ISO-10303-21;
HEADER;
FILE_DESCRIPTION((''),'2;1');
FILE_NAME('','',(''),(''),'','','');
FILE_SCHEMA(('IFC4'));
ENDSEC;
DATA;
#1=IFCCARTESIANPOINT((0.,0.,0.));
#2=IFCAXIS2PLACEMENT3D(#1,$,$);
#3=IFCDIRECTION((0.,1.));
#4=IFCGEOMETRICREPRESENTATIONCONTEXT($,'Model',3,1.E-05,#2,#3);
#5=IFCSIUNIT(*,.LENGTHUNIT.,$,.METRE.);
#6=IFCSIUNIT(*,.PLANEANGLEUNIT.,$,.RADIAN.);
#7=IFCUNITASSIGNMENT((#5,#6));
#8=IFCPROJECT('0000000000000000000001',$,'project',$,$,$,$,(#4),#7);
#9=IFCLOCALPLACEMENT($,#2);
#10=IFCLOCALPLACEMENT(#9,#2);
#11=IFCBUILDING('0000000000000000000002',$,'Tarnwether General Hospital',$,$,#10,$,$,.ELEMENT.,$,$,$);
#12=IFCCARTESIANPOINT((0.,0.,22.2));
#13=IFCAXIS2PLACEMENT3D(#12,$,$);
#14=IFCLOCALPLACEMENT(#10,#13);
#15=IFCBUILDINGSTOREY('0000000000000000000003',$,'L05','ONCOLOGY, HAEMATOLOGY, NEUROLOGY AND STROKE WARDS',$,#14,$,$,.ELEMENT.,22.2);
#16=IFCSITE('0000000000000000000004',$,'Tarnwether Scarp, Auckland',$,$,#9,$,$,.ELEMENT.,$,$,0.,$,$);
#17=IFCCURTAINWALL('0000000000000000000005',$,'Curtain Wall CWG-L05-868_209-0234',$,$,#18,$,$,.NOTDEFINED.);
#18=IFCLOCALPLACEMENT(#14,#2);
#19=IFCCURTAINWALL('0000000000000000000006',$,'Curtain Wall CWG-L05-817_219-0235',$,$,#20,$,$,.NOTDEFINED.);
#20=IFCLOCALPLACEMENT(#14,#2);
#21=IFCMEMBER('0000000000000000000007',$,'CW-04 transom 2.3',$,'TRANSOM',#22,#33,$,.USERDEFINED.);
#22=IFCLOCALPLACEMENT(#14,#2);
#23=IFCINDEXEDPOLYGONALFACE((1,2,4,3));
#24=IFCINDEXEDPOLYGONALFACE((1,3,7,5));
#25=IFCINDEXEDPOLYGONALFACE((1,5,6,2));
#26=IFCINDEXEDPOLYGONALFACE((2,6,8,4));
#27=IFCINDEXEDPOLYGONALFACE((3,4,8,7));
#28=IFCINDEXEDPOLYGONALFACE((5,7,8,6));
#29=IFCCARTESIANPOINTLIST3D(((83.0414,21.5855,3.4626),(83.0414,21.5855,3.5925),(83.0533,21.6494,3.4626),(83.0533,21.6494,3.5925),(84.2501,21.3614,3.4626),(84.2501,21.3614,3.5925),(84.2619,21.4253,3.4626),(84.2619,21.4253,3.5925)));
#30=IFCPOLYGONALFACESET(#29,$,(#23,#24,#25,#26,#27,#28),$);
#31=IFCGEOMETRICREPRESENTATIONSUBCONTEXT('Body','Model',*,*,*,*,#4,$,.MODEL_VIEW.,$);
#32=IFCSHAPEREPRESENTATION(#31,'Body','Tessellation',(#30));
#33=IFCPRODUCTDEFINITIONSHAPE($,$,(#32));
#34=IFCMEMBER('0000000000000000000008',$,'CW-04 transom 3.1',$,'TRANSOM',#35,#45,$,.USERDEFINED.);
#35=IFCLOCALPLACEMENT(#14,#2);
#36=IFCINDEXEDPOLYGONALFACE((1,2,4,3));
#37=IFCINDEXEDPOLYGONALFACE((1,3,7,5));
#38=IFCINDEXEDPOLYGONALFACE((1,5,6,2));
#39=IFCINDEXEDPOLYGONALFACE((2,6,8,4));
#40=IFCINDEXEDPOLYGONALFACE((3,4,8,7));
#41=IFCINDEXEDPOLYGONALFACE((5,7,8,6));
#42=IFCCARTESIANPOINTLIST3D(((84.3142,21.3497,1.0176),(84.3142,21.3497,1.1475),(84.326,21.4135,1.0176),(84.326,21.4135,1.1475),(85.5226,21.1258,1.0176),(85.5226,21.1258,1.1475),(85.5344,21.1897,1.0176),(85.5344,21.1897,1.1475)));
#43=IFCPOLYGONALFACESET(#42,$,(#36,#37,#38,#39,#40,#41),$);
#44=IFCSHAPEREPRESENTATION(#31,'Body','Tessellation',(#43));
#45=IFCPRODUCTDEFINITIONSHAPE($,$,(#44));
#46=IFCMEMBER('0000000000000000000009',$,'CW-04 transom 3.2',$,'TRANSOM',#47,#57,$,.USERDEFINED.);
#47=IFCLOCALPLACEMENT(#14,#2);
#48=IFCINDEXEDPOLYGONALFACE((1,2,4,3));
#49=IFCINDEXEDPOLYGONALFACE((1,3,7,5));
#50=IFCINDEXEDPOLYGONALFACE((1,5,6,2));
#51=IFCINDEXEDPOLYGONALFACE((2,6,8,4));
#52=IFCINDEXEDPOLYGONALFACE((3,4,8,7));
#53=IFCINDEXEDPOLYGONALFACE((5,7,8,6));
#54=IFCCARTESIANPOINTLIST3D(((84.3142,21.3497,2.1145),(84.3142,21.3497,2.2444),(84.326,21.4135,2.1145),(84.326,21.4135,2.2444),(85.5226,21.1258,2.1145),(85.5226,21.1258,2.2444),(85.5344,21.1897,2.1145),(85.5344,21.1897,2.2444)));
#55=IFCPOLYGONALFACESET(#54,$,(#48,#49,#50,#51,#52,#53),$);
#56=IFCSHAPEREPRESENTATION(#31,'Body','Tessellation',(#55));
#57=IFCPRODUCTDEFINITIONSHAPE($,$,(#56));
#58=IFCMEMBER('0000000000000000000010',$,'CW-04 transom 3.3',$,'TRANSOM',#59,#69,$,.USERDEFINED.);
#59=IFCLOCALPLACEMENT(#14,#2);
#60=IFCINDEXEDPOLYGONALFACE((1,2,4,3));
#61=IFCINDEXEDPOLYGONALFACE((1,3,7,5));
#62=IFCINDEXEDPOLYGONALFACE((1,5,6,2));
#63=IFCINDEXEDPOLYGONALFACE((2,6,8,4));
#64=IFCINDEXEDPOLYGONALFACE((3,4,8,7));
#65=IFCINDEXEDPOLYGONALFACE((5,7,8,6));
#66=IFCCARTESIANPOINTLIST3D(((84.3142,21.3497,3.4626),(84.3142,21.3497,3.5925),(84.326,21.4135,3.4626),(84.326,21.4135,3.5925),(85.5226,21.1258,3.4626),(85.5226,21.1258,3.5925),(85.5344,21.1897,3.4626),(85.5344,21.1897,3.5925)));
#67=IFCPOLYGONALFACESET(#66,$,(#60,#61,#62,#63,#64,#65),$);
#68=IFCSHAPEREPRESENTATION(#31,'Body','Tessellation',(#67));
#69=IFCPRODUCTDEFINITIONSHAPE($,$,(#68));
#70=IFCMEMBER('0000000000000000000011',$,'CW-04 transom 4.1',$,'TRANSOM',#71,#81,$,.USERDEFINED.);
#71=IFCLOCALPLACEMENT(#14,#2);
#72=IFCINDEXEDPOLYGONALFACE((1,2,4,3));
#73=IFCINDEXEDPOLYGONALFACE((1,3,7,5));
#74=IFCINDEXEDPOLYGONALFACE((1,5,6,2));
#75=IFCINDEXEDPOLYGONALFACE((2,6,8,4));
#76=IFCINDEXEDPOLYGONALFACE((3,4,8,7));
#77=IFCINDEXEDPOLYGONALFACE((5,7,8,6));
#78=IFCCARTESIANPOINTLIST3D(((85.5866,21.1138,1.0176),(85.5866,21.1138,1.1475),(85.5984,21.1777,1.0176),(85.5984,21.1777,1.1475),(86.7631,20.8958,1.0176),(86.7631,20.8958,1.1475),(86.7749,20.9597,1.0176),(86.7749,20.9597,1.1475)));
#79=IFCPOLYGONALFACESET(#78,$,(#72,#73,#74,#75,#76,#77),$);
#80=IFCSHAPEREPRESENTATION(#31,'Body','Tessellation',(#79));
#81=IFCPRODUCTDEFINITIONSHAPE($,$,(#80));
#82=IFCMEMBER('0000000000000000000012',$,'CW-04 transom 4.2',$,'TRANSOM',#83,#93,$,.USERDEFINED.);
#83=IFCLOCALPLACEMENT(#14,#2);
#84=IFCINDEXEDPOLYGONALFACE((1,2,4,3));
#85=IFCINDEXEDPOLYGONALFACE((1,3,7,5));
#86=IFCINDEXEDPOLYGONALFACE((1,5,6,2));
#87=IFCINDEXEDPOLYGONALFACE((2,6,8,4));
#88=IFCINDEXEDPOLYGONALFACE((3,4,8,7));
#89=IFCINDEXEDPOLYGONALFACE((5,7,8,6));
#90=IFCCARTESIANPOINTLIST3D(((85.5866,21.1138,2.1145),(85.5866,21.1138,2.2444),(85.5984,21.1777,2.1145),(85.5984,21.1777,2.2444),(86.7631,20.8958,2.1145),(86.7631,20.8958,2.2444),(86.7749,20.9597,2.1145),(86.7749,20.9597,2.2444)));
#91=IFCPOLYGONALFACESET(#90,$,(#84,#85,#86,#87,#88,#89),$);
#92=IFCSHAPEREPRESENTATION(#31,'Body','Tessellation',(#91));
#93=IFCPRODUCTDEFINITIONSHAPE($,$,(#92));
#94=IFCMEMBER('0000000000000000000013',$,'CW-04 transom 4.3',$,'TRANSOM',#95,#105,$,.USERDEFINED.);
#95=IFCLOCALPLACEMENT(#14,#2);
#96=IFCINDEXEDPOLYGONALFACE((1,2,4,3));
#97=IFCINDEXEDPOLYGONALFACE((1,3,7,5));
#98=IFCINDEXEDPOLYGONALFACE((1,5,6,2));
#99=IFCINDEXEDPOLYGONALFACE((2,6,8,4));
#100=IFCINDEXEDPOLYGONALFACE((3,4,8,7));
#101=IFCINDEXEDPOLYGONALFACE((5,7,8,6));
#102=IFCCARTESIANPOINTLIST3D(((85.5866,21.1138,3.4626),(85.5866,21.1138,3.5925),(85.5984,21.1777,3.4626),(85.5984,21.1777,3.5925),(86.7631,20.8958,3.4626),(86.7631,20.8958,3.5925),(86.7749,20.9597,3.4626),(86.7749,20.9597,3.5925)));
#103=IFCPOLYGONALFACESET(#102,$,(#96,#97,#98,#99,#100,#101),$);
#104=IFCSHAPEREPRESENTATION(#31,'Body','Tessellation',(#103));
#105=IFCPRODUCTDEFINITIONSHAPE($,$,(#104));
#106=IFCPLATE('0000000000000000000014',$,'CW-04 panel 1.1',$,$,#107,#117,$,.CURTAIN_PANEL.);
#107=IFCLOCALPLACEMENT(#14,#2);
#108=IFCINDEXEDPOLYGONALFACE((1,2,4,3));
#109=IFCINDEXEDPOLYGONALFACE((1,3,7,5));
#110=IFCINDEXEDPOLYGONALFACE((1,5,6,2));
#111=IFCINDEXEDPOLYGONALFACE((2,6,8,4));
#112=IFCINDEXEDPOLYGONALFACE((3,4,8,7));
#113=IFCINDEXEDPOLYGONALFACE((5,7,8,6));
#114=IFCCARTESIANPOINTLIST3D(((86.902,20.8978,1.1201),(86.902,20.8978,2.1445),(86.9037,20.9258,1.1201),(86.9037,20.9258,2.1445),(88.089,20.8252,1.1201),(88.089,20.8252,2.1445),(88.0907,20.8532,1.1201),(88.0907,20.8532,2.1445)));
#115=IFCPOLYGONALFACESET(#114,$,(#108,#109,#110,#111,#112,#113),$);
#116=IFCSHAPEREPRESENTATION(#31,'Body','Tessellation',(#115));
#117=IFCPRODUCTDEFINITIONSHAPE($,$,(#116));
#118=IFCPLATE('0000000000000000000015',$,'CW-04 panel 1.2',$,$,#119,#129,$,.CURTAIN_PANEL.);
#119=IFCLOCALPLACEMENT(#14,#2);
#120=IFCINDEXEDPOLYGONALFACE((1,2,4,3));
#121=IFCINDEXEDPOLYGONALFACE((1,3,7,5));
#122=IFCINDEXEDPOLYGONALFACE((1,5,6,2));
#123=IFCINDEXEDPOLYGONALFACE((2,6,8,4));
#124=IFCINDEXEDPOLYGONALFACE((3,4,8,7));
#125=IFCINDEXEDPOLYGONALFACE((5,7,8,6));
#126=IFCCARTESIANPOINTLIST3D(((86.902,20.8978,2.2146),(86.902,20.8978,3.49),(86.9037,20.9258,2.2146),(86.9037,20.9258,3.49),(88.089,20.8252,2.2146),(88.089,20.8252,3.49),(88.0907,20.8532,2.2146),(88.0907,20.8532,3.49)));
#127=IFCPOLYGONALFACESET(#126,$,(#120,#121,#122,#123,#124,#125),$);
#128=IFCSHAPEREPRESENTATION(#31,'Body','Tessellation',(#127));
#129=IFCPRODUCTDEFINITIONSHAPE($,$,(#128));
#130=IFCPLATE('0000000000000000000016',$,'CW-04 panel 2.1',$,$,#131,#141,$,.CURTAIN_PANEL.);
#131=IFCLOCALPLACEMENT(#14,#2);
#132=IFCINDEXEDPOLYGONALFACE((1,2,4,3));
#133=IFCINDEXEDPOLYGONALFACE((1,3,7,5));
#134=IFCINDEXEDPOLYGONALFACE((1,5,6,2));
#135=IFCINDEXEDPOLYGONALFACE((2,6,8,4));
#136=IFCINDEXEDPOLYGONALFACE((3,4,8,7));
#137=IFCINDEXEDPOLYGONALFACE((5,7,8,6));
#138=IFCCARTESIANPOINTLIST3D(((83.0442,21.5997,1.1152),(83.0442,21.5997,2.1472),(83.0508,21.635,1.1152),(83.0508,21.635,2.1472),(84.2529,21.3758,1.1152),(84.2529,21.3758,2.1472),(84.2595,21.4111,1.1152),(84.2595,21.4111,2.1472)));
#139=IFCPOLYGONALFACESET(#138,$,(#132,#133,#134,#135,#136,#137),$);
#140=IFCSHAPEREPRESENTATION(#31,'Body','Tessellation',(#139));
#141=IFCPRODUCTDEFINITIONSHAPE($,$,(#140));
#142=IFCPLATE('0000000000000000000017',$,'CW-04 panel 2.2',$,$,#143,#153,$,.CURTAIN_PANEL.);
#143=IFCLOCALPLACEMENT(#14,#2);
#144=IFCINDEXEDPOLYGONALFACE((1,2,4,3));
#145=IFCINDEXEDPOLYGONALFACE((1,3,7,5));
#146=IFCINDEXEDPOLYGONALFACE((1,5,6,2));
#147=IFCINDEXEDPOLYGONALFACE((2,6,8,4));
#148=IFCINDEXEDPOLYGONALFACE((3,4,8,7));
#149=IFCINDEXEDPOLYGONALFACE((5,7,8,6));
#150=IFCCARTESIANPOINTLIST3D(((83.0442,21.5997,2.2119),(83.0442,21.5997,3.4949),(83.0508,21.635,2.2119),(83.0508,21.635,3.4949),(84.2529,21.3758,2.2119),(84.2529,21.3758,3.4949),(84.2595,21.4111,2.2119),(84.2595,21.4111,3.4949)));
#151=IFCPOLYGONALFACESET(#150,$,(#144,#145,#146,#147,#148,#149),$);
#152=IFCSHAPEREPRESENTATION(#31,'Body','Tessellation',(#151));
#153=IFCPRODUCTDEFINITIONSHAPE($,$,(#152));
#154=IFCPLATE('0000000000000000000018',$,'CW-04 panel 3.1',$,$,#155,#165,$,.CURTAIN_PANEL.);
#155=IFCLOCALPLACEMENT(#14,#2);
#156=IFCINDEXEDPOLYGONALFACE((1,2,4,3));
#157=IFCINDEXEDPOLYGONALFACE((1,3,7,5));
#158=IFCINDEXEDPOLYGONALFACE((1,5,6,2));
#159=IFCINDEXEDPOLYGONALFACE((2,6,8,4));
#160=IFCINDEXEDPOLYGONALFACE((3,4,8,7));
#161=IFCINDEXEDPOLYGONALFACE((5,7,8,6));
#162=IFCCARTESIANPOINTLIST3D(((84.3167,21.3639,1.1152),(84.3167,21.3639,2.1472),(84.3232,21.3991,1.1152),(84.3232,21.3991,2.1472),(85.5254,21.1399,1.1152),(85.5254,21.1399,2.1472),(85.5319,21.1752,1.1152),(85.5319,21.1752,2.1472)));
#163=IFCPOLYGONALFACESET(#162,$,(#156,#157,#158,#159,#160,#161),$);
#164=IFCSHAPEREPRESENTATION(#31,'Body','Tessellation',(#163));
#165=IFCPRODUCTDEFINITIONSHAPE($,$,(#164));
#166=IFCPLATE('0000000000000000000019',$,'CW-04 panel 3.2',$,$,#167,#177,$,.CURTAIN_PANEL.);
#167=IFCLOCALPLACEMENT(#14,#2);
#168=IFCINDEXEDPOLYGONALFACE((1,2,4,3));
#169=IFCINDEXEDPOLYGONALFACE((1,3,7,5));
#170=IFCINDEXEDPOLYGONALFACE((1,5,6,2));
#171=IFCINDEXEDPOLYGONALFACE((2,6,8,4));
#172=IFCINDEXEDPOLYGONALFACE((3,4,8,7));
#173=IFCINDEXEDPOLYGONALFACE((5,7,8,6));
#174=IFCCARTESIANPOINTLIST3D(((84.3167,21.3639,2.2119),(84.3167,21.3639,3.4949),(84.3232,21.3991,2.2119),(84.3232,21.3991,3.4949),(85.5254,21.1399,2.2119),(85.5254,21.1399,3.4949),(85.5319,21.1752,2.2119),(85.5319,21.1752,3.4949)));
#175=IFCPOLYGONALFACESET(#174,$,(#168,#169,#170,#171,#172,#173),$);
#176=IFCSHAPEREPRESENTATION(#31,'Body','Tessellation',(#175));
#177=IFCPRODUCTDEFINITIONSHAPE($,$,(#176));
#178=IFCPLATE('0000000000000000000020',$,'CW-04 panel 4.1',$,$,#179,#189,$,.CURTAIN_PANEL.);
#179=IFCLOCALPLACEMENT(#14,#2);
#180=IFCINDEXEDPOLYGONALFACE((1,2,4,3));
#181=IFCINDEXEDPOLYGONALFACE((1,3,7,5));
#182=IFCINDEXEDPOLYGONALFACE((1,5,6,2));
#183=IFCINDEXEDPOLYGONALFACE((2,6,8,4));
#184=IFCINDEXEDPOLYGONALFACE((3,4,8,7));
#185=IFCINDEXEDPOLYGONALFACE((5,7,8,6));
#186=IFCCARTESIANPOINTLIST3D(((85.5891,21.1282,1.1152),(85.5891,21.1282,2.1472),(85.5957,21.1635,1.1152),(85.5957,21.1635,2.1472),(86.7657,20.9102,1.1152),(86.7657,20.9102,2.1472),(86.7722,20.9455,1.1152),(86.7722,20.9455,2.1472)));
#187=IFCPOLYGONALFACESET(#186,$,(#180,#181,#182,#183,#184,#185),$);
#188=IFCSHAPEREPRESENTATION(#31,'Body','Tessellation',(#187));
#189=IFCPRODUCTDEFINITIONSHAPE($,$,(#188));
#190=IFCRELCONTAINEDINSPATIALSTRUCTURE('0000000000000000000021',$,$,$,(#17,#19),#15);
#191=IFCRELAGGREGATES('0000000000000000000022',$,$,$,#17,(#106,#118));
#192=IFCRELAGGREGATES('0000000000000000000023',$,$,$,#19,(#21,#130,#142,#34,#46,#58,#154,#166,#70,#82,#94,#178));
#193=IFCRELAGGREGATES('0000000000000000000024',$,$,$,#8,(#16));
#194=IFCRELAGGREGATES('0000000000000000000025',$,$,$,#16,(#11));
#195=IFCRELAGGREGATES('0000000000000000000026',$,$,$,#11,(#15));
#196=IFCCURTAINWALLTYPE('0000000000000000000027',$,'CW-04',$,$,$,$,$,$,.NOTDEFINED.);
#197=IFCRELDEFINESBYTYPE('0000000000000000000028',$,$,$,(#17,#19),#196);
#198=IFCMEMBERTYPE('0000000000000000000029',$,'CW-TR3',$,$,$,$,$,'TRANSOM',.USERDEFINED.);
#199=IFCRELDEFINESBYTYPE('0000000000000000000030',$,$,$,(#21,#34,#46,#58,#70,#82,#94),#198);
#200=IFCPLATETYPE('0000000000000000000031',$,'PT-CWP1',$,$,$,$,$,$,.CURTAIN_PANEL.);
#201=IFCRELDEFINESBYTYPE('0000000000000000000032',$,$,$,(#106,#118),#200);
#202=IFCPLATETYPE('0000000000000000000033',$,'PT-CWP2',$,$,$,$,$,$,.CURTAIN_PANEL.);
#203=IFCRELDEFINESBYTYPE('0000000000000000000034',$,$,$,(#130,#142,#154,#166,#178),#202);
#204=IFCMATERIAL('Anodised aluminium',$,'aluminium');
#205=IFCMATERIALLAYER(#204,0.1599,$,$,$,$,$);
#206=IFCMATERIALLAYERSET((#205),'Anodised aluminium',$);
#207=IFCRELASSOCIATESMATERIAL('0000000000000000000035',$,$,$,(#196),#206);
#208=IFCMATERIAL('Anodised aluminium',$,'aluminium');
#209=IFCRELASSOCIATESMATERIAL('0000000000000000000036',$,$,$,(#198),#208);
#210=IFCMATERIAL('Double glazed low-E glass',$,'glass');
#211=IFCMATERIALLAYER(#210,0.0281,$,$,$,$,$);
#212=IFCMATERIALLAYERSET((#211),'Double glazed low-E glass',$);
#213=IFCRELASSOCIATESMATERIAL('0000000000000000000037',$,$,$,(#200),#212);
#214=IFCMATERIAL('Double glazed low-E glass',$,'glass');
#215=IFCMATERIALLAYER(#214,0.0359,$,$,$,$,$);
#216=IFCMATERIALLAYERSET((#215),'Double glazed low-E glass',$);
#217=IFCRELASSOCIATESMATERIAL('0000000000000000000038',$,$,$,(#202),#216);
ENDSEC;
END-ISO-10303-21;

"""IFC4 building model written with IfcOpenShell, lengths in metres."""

from ifc_helpers import new_model, si_unit, direction, frame, origin, origin_2d, place, context, subcontext, project, spatial, rectangle, extrude, material, layer, layer_set, material_profile, profile_set, type_object, element, aggregate, save


model = new_model("IFC4")

# Units and contexts
model_context = context("Model", 3, precision=1e-05, world=origin(), true_north=direction((0.0, 1.0)))
body_context = subcontext(model_context, "Body", "Model", "MODEL_VIEW")
ifc_project = project(units=[si_unit("LENGTHUNIT", "METRE"), si_unit("PLANEANGLEUNIT", "RADIAN")], contexts=[model_context])

# Site, building, storey
site_placement = place(None, origin())
site = spatial("IfcSite", under=ifc_project, at=site_placement, Name="Tarnwether Scarp, Auckland", CompositionType="ELEMENT", RefElevation=0.0)
building_placement = place(site_placement, origin())
building = spatial("IfcBuilding", under=site, at=building_placement, Name="Tarnwether General Hospital", CompositionType="ELEMENT")
storey_placement = place(building_placement, frame((0.0, 0.0, 22.2)))
storey = spatial("IfcBuildingStorey", under=building, at=storey_placement, Name="L05", Description="ONCOLOGY, HAEMATOLOGY, NEUROLOGY AND STROKE WARDS", CompositionType="ELEMENT", Elevation=22.2)

# Curtain wall
ifc_material_1 = material(Name="Anodised aluminium", Category="aluminium")
ifc_layer_1 = layer(ifc_material_1, 0.1599)
ifc_layer_set_1 = layer_set([ifc_layer_1], Name="Anodised aluminium")
curtain_wall_type = type_object("IfcCurtainWallType", Name="CW-04", PredefinedType="NOTDEFINED", material=ifc_layer_set_1)
curtain_wall_1_placement = place(storey_placement, origin())
curtain_wall_1 = element("IfcCurtainWall", 1, at=curtain_wall_1_placement, inside=storey, type_object=curtain_wall_type, Name="Curtain Wall CWG-L05-868_209-0234", PredefinedType="NOTDEFINED")

# Curtain wall
curtain_wall_2_placement = place(storey_placement, origin())
curtain_wall_2 = element("IfcCurtainWall", 2, at=curtain_wall_2_placement, inside=storey, type_object=curtain_wall_type, Name="Curtain Wall CWG-L05-817_219-0235", PredefinedType="NOTDEFINED")

# Members
ifc_material_2 = material(Name="Anodised aluminium", Category="aluminium")
ifc_material_profile_1 = material_profile(ifc_material_2, rectangle(XDim=0.0649, YDim=0.1299, at=origin_2d()), Name="ALU-TRN-65x130")
ifc_profile_set_1 = profile_set([ifc_material_profile_1], Name="Anodised aluminium")
member_type_1 = type_object("IfcMemberType", Name="CW-TR3", ElementType="TRANSOM", PredefinedType="USERDEFINED", material=ifc_profile_set_1)
member_1_placement = place(storey_placement, frame((83.0474, 21.6174, 3.5276), z_axis=(0.983241, -0.18231, 0.0), x_axis=(0.18231, 0.983241, 0.0)))
member_1 = element("IfcMember", 3, at=member_1_placement, type_object=member_type_1, Name="CW-04 transom 2.3", ObjectType="TRANSOM", PredefinedType="USERDEFINED", context=body_context, shape_type="SweptSolid", body=[
    extrude(rectangle(XDim=0.0649, YDim=0.1299, at=origin_2d()), origin(), (0.0, 0.0, 1.0), 1.2292),
])
member_2_placement = place(storey_placement, frame((84.3201, 21.3816, 1.0825), z_axis=(0.98327, -0.182153, 0.0), x_axis=(0.182153, 0.98327, 0.0)))
member_2 = element("IfcMember", 4, at=member_2_placement, type_object=member_type_1, Name="CW-04 transom 3.1", ObjectType="TRANSOM", PredefinedType="USERDEFINED", context=body_context, shape_type="SweptSolid", body=[
    extrude(rectangle(XDim=0.0649, YDim=0.1299, at=origin_2d()), origin(), (0.0, 0.0, 1.0), 1.229),
])
member_3_placement = place(storey_placement, frame((84.3201, 21.3816, 2.1794), z_axis=(0.98327, -0.182153, 0.0), x_axis=(0.182153, 0.98327, 0.0)))
member_3 = element("IfcMember", 5, at=member_3_placement, type_object=member_type_1, Name="CW-04 transom 3.2", ObjectType="TRANSOM", PredefinedType="USERDEFINED", context=body_context, shape_type="SweptSolid", body=[
    extrude(rectangle(XDim=0.0649, YDim=0.1299, at=origin_2d()), origin(), (0.0, 0.0, 1.0), 1.229),
])
member_4_placement = place(storey_placement, frame((84.3201, 21.3816, 3.5276), z_axis=(0.98327, -0.182153, 0.0), x_axis=(0.182153, 0.98327, 0.0)))
member_4 = element("IfcMember", 6, at=member_4_placement, type_object=member_type_1, Name="CW-04 transom 3.3", ObjectType="TRANSOM", PredefinedType="USERDEFINED", context=body_context, shape_type="SweptSolid", body=[
    extrude(rectangle(XDim=0.0649, YDim=0.1299, at=origin_2d()), origin(), (0.0, 0.0, 1.0), 1.229),
])
member_5_placement = place(storey_placement, frame((85.5925, 21.1458, 1.0825), z_axis=(0.98326, -0.182206, 0.0), x_axis=(0.182206, 0.98326, 0.0)))
member_5 = element("IfcMember", 7, at=member_5_placement, type_object=member_type_1, Name="CW-04 transom 4.1", ObjectType="TRANSOM", PredefinedType="USERDEFINED", context=body_context, shape_type="SweptSolid", body=[
    extrude(rectangle(XDim=0.0649, YDim=0.1299, at=origin_2d()), origin(), (0.0, 0.0, 1.0), 1.1965),
])
member_6_placement = place(storey_placement, frame((85.5925, 21.1458, 2.1794), z_axis=(0.98326, -0.182206, 0.0), x_axis=(0.182206, 0.98326, 0.0)))
member_6 = element("IfcMember", 8, at=member_6_placement, type_object=member_type_1, Name="CW-04 transom 4.2", ObjectType="TRANSOM", PredefinedType="USERDEFINED", context=body_context, shape_type="SweptSolid", body=[
    extrude(rectangle(XDim=0.0649, YDim=0.1299, at=origin_2d()), origin(), (0.0, 0.0, 1.0), 1.1965),
])
member_7_placement = place(storey_placement, frame((85.5925, 21.1458, 3.5276), z_axis=(0.98326, -0.182206, 0.0), x_axis=(0.182206, 0.98326, 0.0)))
member_7 = element("IfcMember", 9, at=member_7_placement, type_object=member_type_1, Name="CW-04 transom 4.3", ObjectType="TRANSOM", PredefinedType="USERDEFINED", context=body_context, shape_type="SweptSolid", body=[
    extrude(rectangle(XDim=0.0649, YDim=0.1299, at=origin_2d()), origin(), (0.0, 0.0, 1.0), 1.1965),
])

# Plates
ifc_material_3 = material(Name="Double glazed low-E glass", Category="glass")
ifc_layer_2 = layer(ifc_material_3, 0.0281)
ifc_layer_set_2 = layer_set([ifc_layer_2], Name="Double glazed low-E glass")
plate_type_1 = type_object("IfcPlateType", Name="PT-CWP1", PredefinedType="CURTAIN_PANEL", material=ifc_layer_set_2)
plate_1_placement = place(storey_placement, frame((87.4963, 20.8755, 1.1201), z_axis=(0.0, 0.0, 1.0), x_axis=(0.998135, -0.061043, 0.0)))
plate_1 = element("IfcPlate", 10, at=plate_1_placement, type_object=plate_type_1, Name="CW-04 panel 1.1", PredefinedType="CURTAIN_PANEL", context=body_context, shape_type="SweptSolid", body=[
    extrude(rectangle(XDim=1.1892, YDim=0.0281, at=origin_2d()), origin(), (0.0, 0.0, 1.0), 1.0244),
])
plate_2_placement = place(storey_placement, frame((87.4963, 20.8755, 2.2146), z_axis=(0.0, 0.0, 1.0), x_axis=(0.998135, -0.061043, 0.0)))
plate_2 = element("IfcPlate", 11, at=plate_2_placement, type_object=plate_type_1, Name="CW-04 panel 1.2", PredefinedType="CURTAIN_PANEL", context=body_context, shape_type="SweptSolid", body=[
    extrude(rectangle(XDim=1.1892, YDim=0.0281, at=origin_2d()), origin(), (0.0, 0.0, 1.0), 1.2754),
])
aggregate(curtain_wall_1, [plate_1, plate_2])
ifc_material_4 = material(Name="Double glazed low-E glass", Category="glass")
ifc_layer_3 = layer(ifc_material_4, 0.0359)
ifc_layer_set_3 = layer_set([ifc_layer_3], Name="Double glazed low-E glass")
plate_type_2 = type_object("IfcPlateType", Name="PT-CWP2", PredefinedType="CURTAIN_PANEL", material=ifc_layer_set_3)
plate_3_placement = place(storey_placement, frame((83.6519, 21.5054, 1.1152), z_axis=(0.0, 0.0, 1.0), x_axis=(0.983268, -0.182165, 0.0)))
plate_3 = element("IfcPlate", 12, at=plate_3_placement, type_object=plate_type_2, Name="CW-04 panel 2.1", PredefinedType="CURTAIN_PANEL", context=body_context, shape_type="SweptSolid", body=[
    extrude(rectangle(XDim=1.2292, YDim=0.0359, at=origin_2d()), origin(), (0.0, 0.0, 1.0), 1.032),
])
plate_4_placement = place(storey_placement, frame((83.6519, 21.5054, 2.2119), z_axis=(0.0, 0.0, 1.0), x_axis=(0.983268, -0.182165, 0.0)))
plate_4 = element("IfcPlate", 13, at=plate_4_placement, type_object=plate_type_2, Name="CW-04 panel 2.2", PredefinedType="CURTAIN_PANEL", context=body_context, shape_type="SweptSolid", body=[
    extrude(rectangle(XDim=1.2292, YDim=0.0359, at=origin_2d()), origin(), (0.0, 0.0, 1.0), 1.283),
])
plate_5_placement = place(storey_placement, frame((84.9243, 21.2695, 1.1152), z_axis=(0.0, 0.0, 1.0), x_axis=(0.983268, -0.182165, 0.0)))
plate_5 = element("IfcPlate", 14, at=plate_5_placement, type_object=plate_type_2, Name="CW-04 panel 3.1", PredefinedType="CURTAIN_PANEL", context=body_context, shape_type="SweptSolid", body=[
    extrude(rectangle(XDim=1.2292, YDim=0.0359, at=origin_2d()), origin(), (0.0, 0.0, 1.0), 1.032),
])
plate_6_placement = place(storey_placement, frame((84.9243, 21.2695, 2.2119), z_axis=(0.0, 0.0, 1.0), x_axis=(0.983268, -0.182165, 0.0)))
plate_6 = element("IfcPlate", 15, at=plate_6_placement, type_object=plate_type_2, Name="CW-04 panel 3.2", PredefinedType="CURTAIN_PANEL", context=body_context, shape_type="SweptSolid", body=[
    extrude(rectangle(XDim=1.2292, YDim=0.0359, at=origin_2d()), origin(), (0.0, 0.0, 1.0), 1.283),
])
plate_7_placement = place(storey_placement, frame((86.1807, 21.0369, 1.1152), z_axis=(0.0, 0.0, 1.0), x_axis=(0.983268, -0.182165, 0.0)))
plate_7 = element("IfcPlate", 16, at=plate_7_placement, type_object=plate_type_2, Name="CW-04 panel 4.1", PredefinedType="CURTAIN_PANEL", context=body_context, shape_type="SweptSolid", body=[
    extrude(rectangle(XDim=1.1965, YDim=0.0359, at=origin_2d()), origin(), (0.0, 0.0, 1.0), 1.032),
])
aggregate(curtain_wall_2, [member_1, plate_3, plate_4, member_2, member_3, member_4, plate_5, plate_6, member_5, member_6, member_7, plate_7])

save(model, "model.ifc")
